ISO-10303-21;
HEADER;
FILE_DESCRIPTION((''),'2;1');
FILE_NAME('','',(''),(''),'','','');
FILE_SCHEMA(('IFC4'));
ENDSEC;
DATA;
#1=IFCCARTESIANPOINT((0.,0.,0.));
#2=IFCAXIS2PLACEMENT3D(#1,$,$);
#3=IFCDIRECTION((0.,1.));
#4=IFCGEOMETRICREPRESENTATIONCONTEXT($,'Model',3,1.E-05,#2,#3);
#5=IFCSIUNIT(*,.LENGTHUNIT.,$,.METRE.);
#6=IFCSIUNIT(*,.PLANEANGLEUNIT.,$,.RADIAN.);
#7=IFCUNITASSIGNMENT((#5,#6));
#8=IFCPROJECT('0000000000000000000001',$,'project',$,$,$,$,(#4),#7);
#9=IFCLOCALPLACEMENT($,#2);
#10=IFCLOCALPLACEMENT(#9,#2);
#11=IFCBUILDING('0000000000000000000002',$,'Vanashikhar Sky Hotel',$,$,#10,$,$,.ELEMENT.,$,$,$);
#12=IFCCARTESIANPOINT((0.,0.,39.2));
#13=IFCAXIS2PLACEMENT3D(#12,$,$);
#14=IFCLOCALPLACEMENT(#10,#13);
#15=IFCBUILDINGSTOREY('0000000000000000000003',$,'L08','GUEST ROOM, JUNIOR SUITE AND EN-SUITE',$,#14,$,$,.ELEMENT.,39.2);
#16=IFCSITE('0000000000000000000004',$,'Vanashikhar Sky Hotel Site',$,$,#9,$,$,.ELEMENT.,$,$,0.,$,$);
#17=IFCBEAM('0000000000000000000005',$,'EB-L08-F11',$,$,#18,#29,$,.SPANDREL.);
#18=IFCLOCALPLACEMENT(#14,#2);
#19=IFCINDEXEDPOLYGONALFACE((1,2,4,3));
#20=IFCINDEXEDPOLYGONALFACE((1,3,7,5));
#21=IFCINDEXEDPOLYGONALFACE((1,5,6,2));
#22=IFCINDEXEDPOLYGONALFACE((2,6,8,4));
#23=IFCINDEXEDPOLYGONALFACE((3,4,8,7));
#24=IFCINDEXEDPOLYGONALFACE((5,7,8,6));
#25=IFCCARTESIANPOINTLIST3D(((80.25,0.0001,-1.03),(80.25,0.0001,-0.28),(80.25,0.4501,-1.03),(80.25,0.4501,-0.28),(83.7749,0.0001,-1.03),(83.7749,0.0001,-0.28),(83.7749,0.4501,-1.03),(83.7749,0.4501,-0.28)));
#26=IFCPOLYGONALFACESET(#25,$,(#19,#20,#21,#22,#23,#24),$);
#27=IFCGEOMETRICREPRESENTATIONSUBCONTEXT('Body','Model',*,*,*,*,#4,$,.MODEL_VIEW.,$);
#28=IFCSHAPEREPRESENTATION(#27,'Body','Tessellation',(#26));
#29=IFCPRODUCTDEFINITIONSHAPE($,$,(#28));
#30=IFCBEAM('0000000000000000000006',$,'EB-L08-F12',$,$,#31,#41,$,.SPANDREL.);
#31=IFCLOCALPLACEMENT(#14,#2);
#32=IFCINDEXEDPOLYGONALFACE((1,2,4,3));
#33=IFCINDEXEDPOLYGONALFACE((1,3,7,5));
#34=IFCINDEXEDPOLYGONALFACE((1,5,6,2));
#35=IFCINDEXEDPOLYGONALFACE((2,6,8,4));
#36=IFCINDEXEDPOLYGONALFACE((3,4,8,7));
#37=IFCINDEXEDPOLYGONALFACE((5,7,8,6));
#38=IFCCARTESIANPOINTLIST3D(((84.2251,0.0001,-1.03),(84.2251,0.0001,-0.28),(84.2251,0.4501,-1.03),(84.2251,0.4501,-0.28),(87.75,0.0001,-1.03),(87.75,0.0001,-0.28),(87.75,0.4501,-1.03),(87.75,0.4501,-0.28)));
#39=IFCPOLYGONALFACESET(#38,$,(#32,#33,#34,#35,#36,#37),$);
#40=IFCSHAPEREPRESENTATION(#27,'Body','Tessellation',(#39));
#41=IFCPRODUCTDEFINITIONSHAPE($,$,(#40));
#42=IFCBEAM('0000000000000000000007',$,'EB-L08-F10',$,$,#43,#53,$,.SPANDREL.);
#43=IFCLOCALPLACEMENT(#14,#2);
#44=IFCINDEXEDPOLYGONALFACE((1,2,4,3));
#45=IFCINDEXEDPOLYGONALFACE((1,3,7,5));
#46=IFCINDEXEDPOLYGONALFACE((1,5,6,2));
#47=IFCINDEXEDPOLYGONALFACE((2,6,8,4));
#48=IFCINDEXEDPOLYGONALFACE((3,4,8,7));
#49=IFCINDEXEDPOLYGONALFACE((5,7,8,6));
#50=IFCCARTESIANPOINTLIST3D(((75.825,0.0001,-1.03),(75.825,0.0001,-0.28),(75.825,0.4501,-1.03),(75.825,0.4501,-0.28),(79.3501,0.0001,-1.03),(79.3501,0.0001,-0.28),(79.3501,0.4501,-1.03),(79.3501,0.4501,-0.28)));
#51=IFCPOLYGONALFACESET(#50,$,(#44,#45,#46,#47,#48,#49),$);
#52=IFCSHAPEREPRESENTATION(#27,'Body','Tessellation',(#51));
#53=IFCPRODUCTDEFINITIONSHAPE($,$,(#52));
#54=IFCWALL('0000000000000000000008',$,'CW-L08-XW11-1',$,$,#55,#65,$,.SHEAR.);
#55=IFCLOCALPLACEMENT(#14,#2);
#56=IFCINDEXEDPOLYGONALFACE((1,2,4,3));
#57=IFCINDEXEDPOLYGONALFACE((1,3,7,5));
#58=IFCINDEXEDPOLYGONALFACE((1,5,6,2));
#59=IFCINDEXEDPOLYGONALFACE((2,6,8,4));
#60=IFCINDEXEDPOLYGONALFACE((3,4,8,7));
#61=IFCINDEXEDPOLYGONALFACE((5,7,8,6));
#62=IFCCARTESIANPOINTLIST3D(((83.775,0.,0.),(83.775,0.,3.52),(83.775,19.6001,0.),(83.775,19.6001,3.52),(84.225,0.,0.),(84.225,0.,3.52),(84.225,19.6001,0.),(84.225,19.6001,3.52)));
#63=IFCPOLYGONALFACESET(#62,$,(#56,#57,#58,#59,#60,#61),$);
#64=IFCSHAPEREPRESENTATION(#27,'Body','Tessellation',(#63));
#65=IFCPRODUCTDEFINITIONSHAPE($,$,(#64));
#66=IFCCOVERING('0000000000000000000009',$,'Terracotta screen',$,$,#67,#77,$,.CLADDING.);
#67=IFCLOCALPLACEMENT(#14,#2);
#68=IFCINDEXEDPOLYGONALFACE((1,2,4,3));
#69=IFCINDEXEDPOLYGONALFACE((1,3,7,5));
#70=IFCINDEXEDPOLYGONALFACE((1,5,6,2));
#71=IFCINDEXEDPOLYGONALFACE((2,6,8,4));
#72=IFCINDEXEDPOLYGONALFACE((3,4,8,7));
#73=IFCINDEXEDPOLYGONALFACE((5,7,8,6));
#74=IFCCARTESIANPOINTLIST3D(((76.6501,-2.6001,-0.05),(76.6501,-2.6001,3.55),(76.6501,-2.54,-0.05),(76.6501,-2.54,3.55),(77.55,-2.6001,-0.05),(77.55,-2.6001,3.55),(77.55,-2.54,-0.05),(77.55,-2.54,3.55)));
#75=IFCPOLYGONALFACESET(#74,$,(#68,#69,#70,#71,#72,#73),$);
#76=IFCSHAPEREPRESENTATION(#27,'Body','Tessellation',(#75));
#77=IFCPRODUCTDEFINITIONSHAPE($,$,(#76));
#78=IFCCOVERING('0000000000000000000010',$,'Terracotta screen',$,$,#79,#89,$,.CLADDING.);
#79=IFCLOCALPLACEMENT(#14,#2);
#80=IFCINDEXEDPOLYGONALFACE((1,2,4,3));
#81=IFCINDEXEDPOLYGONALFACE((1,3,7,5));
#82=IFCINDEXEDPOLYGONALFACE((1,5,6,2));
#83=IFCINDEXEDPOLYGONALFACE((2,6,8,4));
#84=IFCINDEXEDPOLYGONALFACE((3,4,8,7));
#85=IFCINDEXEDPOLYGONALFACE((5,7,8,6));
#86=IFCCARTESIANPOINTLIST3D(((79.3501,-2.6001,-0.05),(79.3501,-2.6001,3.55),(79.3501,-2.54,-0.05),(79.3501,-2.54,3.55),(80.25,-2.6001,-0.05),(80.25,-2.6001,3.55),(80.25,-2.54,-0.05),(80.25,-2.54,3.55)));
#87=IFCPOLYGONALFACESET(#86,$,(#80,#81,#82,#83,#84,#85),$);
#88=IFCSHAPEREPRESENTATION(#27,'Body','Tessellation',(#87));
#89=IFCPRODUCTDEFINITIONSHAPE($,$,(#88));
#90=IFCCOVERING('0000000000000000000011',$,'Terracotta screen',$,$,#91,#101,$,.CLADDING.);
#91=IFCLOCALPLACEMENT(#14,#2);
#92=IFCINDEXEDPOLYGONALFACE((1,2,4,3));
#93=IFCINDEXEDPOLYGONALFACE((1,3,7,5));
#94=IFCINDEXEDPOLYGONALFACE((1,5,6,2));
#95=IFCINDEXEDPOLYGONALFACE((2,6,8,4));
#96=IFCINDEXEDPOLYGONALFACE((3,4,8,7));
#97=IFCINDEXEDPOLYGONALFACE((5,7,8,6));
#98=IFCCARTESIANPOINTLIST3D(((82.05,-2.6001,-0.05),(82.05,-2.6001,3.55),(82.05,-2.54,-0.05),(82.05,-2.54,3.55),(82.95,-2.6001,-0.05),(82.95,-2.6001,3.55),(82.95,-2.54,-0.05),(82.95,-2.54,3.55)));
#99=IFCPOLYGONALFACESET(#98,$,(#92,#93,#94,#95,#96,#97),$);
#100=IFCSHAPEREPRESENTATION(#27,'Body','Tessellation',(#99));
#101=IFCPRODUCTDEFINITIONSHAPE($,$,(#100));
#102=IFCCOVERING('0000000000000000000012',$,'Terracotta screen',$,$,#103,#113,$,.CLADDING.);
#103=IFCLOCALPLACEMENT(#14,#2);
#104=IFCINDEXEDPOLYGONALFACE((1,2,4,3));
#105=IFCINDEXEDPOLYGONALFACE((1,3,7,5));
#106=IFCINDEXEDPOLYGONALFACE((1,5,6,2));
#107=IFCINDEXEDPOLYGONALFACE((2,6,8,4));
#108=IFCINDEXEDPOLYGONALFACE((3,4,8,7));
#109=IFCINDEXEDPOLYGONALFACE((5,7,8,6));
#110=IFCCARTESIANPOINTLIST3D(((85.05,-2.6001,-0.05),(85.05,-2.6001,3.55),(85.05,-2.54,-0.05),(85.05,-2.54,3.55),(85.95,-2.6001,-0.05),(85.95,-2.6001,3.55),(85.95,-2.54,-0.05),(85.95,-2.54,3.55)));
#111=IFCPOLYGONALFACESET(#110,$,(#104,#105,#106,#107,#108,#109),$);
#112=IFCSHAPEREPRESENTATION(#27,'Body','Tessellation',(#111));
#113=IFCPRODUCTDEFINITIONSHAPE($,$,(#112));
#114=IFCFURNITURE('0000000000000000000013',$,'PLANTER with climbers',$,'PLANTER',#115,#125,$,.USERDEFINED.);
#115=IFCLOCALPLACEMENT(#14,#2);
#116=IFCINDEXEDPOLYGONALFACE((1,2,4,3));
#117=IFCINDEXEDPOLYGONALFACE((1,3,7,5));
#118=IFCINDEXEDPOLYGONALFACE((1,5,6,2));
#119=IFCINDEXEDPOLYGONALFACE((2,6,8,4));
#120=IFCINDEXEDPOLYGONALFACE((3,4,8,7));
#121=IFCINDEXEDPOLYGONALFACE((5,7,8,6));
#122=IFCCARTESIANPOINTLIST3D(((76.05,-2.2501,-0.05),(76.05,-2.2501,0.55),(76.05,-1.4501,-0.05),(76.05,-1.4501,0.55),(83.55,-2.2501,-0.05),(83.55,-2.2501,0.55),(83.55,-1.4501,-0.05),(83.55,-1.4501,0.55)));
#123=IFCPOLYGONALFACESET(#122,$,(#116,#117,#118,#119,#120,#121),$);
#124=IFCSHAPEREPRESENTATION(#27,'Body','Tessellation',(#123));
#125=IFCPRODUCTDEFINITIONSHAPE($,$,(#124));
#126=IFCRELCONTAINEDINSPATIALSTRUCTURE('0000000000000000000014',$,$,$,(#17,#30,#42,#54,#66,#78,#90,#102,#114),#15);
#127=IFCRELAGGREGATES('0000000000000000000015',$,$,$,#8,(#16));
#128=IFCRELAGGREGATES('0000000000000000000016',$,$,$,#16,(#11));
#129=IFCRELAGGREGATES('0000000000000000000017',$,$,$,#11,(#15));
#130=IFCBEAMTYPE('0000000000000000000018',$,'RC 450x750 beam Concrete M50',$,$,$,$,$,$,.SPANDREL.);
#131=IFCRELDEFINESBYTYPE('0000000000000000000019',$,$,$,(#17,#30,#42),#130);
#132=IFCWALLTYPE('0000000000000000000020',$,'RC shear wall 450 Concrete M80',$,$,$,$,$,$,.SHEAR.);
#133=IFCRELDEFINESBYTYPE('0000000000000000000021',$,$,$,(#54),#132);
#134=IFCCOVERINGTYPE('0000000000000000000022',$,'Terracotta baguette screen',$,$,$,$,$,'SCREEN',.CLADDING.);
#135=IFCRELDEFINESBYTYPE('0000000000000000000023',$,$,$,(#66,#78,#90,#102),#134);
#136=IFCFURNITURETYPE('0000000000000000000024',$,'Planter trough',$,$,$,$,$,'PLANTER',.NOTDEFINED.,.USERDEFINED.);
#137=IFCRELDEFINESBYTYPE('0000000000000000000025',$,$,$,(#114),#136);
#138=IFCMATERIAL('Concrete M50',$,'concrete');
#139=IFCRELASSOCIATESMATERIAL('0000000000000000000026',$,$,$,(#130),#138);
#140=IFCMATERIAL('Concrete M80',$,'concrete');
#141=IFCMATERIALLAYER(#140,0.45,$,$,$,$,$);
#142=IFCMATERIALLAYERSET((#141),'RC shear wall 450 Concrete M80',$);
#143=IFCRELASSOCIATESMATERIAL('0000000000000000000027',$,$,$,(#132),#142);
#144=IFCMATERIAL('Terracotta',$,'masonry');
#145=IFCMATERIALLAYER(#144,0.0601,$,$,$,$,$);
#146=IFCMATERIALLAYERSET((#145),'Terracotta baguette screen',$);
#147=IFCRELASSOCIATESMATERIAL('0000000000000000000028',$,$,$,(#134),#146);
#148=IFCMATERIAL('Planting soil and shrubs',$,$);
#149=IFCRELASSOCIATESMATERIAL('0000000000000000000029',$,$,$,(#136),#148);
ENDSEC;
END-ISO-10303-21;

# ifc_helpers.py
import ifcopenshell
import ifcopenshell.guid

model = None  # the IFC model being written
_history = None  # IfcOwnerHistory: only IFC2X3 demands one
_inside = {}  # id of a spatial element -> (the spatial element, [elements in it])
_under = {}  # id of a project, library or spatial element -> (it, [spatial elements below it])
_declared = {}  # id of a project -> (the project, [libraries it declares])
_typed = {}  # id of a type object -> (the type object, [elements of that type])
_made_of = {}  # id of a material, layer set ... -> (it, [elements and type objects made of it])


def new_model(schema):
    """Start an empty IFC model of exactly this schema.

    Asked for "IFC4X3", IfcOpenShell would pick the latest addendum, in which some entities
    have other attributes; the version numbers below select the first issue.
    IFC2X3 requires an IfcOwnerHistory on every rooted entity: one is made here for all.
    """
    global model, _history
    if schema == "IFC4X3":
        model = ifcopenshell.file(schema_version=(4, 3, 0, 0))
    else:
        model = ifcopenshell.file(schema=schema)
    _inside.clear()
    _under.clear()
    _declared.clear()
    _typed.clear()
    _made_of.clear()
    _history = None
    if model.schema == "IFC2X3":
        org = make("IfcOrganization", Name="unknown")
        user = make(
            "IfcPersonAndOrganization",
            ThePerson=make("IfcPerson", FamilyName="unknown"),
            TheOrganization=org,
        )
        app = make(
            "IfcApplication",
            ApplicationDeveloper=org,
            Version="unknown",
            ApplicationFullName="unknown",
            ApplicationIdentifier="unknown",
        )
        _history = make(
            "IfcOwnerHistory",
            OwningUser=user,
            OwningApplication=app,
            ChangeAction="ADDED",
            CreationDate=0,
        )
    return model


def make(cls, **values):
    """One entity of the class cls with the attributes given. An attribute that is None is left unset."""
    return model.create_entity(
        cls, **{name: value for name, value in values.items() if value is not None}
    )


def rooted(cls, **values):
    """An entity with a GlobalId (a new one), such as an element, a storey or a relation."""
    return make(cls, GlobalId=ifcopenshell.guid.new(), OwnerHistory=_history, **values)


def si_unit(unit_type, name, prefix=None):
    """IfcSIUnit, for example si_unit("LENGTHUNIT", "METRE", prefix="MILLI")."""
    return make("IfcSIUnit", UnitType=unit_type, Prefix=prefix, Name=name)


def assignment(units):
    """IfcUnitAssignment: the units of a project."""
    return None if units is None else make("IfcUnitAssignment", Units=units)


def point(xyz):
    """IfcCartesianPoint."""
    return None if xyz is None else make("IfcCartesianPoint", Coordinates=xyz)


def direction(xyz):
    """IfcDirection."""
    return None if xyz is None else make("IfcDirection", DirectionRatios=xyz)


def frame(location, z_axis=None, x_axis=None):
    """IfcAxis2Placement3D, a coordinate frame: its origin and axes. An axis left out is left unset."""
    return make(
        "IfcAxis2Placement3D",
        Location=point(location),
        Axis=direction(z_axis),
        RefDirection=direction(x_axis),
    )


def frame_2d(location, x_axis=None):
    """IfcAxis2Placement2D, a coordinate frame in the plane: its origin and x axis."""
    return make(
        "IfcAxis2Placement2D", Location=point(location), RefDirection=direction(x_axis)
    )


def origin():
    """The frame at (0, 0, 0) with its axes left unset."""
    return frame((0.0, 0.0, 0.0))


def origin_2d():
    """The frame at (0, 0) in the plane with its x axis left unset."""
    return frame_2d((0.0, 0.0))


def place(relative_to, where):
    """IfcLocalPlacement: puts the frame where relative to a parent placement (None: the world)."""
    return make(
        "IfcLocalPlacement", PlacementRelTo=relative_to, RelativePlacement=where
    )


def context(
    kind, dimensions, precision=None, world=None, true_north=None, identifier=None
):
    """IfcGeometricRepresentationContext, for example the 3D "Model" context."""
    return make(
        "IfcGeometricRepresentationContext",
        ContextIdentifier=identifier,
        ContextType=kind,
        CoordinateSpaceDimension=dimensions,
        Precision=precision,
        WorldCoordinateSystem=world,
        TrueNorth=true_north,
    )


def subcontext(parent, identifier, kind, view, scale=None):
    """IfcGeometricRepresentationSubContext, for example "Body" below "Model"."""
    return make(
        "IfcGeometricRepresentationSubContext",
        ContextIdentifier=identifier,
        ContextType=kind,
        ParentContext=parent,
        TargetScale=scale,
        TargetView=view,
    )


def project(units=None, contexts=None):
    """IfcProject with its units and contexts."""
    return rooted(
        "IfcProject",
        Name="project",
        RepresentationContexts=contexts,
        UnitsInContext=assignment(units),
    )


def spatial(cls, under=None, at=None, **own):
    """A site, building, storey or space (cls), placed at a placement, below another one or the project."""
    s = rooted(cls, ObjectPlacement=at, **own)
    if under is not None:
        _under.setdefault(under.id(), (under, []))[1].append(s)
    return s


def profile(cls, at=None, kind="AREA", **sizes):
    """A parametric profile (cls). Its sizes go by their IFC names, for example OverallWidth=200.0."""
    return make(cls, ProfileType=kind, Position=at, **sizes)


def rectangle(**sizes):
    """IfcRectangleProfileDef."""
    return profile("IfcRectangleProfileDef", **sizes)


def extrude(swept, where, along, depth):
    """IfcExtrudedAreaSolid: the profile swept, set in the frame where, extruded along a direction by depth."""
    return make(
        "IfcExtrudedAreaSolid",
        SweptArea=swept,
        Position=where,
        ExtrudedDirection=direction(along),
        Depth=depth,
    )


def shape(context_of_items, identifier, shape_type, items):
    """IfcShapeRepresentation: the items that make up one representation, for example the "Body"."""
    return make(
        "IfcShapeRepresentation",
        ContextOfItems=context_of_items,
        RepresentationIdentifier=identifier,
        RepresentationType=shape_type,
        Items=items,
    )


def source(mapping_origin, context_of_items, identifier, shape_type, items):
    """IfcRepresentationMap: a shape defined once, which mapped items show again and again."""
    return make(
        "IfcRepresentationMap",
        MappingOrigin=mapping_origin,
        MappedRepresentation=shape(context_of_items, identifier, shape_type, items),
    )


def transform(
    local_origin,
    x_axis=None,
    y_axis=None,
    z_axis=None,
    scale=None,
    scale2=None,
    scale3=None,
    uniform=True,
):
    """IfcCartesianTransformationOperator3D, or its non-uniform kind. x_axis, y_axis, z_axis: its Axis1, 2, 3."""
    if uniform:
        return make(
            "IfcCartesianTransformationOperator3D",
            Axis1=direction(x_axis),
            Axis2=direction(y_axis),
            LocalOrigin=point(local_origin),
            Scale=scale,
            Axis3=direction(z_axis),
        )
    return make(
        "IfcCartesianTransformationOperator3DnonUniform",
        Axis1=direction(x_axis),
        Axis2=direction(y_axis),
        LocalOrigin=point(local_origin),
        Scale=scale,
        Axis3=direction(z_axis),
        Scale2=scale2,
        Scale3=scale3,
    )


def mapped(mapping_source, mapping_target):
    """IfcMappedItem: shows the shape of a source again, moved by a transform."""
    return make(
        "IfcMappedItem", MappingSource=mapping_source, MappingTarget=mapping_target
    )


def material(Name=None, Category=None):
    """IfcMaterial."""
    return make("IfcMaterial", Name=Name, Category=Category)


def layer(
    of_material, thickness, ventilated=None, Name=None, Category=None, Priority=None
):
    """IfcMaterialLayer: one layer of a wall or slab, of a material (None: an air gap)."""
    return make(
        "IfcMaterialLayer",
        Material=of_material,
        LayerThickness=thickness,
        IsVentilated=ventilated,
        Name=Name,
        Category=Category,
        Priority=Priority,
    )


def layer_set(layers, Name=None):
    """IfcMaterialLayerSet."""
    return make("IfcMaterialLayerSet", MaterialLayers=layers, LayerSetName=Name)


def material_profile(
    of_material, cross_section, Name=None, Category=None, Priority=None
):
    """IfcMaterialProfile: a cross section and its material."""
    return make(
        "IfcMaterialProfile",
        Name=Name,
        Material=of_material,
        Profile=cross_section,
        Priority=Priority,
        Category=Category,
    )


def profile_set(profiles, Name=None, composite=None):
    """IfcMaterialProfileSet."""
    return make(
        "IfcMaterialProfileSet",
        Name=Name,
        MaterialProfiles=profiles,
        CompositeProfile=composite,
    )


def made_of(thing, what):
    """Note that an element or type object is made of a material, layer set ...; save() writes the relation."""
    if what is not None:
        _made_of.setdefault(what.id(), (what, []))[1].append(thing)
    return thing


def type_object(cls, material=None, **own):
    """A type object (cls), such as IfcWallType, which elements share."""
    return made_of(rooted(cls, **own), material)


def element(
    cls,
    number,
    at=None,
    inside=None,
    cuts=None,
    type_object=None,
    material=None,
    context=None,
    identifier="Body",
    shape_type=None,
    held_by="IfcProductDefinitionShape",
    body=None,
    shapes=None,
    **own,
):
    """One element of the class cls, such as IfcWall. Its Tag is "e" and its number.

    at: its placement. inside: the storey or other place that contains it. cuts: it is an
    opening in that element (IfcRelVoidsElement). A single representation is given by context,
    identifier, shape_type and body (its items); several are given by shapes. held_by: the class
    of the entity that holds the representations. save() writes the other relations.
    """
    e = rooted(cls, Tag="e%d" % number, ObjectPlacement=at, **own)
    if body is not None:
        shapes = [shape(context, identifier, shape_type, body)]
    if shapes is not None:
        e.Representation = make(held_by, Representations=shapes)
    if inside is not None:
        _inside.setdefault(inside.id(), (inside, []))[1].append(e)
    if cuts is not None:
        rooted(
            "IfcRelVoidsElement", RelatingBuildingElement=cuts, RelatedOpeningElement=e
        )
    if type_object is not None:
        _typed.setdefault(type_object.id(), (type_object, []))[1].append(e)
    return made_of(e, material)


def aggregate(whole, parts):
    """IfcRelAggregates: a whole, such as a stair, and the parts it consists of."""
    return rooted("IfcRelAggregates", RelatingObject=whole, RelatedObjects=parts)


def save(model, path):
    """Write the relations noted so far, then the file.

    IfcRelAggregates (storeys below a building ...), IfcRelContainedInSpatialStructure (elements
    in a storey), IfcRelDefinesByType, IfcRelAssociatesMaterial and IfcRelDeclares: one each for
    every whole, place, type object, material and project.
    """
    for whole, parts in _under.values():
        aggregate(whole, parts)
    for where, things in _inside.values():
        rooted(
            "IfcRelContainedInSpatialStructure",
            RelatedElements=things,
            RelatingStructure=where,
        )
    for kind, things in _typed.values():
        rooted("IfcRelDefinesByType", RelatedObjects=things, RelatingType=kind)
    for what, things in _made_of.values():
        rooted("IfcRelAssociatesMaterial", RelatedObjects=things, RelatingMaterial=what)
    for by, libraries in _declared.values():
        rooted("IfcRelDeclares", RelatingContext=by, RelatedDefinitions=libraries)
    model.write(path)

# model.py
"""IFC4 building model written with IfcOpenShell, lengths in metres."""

from ifc_helpers import new_model, si_unit, direction, frame, frame_2d, origin, origin_2d, place, context, subcontext, project, spatial, rectangle, extrude, source, transform, mapped, material, layer, layer_set, material_profile, profile_set, type_object, element, save


model = new_model("IFC4")

# Units and contexts
model_context = context("Model", 3, precision=1e-05, world=origin(), true_north=direction((0.0, 1.0)))
body_context = subcontext(model_context, "Body", "Model", "MODEL_VIEW")
ifc_project = project(units=[si_unit("LENGTHUNIT", "METRE"), si_unit("PLANEANGLEUNIT", "RADIAN")], contexts=[model_context])

# Site, building, storey
site_placement = place(None, origin())
site = spatial("IfcSite", under=ifc_project, at=site_placement, Name="Vanashikhar Sky Hotel Site", CompositionType="ELEMENT", RefElevation=0.0)
building_placement = place(site_placement, origin())
building = spatial("IfcBuilding", under=site, at=building_placement, Name="Vanashikhar Sky Hotel", CompositionType="ELEMENT")
storey_placement = place(building_placement, frame((0.0, 0.0, 39.2)))
storey = spatial("IfcBuildingStorey", under=building, at=storey_placement, Name="L08", Description="GUEST ROOM, JUNIOR SUITE AND EN-SUITE", CompositionType="ELEMENT", Elevation=39.2)

# Beams
ifc_material_1 = material(Name="Concrete M50", Category="concrete")
ifc_material_profile = material_profile(ifc_material_1, rectangle(XDim=0.45, YDim=0.75, at=origin_2d()))
ifc_profile_set = profile_set([ifc_material_profile], Name="RC 450x750 beam Concrete M50")
beam_type = type_object("IfcBeamType", Name="RC 450x750 beam Concrete M50", PredefinedType="SPANDREL", material=ifc_profile_set)
shared_shape_1 = source(origin(), body_context, "Body", "SweptSolid", [
    extrude(rectangle(XDim=0.45, YDim=0.75, at=origin_2d()), origin(), (0.0, 0.0, 1.0), 3.5249),
])
for number, where, z_axis, x_axis, name in (
    (1, (80.25, 0.2251, -0.655), (1.0, 0.0, 0.0), (0.0, 1.0, 0.0), "EB-L08-F11"),
    (2, (84.2251, 0.2251, -0.655), (1.0, 0.0, 0.0), (0.0, 1.0, 0.0), "EB-L08-F12"),
):
    element("IfcBeam", number, at=place(storey_placement, frame(where, z_axis=z_axis, x_axis=x_axis)), inside=storey, type_object=beam_type, Name=name, PredefinedType="SPANDREL", context=body_context, shape_type="MappedRepresentation", body=[
        mapped(shared_shape_1, transform((0.0, 0.0, 0.0), scale=1.0)),
    ])
shared_shape_2 = source(origin(), body_context, "Body", "SweptSolid", [
    extrude(rectangle(XDim=0.45, YDim=0.75, at=origin_2d()), origin(), (0.0, 0.0, 1.0), 3.5251),
])
beam_placement = place(storey_placement, frame((75.825, 0.2251, -0.655), z_axis=(1.0, 0.0, 0.0), x_axis=(0.0, 1.0, 0.0)))
element("IfcBeam", 3, at=beam_placement, inside=storey, type_object=beam_type, Name="EB-L08-F10", PredefinedType="SPANDREL", context=body_context, shape_type="MappedRepresentation", body=[
    mapped(shared_shape_2, transform((0.0, 0.0, 0.0), scale=1.0)),
])

# Wall
ifc_material_2 = material(Name="Concrete M80", Category="concrete")
ifc_layer_1 = layer(ifc_material_2, 0.45)
ifc_layer_set_1 = layer_set([ifc_layer_1], Name="RC shear wall 450 Concrete M80")
wall_type_1 = type_object("IfcWallType", Name="RC shear wall 450 Concrete M80", PredefinedType="SHEAR", material=ifc_layer_set_1)
shared_shape_3 = source(origin(), body_context, "Body", "SweptSolid", [
    extrude(rectangle(XDim=19.6001, YDim=0.45, at=frame_2d((9.8, 0.0))), origin(), (0.0, 0.0, 1.0), 3.52),
])
wall_1_placement = place(storey_placement, frame((84.0, 0.0, 0.0), z_axis=(0.0, 0.0, 1.0), x_axis=(0.0, 1.0, 0.0)))
element("IfcWall", 4, at=wall_1_placement, inside=storey, type_object=wall_type_1, Name="CW-L08-XW11-1", PredefinedType="SHEAR", context=body_context, shape_type="MappedRepresentation", body=[
    mapped(shared_shape_3, transform((0.0, 0.0, 0.0), scale=1.0)),
])

# Coverings
ifc_material_3 = material(Name="Terracotta", Category="masonry")
ifc_layer_2 = layer(ifc_material_3, 0.0601)
ifc_layer_set_2 = layer_set([ifc_layer_2], Name="Terracotta baguette screen")
covering_type = type_object("IfcCoveringType", Name="Terracotta baguette screen", ElementType="SCREEN", PredefinedType="CLADDING", material=ifc_layer_set_2)
shared_shape_4 = source(origin(), body_context, "Body", "SweptSolid", [
    extrude(rectangle(XDim=0.8999, YDim=0.0601, at=origin_2d()), origin(), (0.0, 0.0, 1.0), 3.6001),
])
for number, where, z_axis, x_axis, name in (
    (5, (77.1001, -2.5701, -0.05), (0.0, 0.0, 1.0), (1.0, 0.0, 0.0), "Terracotta screen"),
    (6, (79.8, -2.5701, -0.05), (0.0, 0.0, 1.0), (1.0, 0.0, 0.0), "Terracotta screen"),
    (7, (82.5, -2.5701, -0.05), (0.0, 0.0, 1.0), (1.0, 0.0, 0.0), "Terracotta screen"),
    (8, (85.5, -2.5701, -0.05), (0.0, 0.0, 1.0), (1.0, 0.0, 0.0), "Terracotta screen"),
):
    element("IfcCovering", number, at=place(storey_placement, frame(where, z_axis=z_axis, x_axis=x_axis)), inside=storey, type_object=covering_type, Name=name, PredefinedType="CLADDING", context=body_context, shape_type="MappedRepresentation", body=[
        mapped(shared_shape_4, transform((0.0, 0.0, 0.0), scale=1.0)),
    ])

# Furniture
ifc_material_4 = material(Name="Planting soil and shrubs")
furniture_type = type_object("IfcFurnitureType", Name="Planter trough", ElementType="PLANTER", AssemblyPlace="NOTDEFINED", PredefinedType="USERDEFINED", material=ifc_material_4)
shared_shape_5 = source(origin(), body_context, "Body", "SweptSolid", [
    extrude(rectangle(XDim=7.5, YDim=0.8, at=origin_2d()), origin(), (0.0, 0.0, 1.0), 0.6001),
])
furniture_placement = place(storey_placement, frame((79.8, -1.8501, -0.05), z_axis=(0.0, 0.0, 1.0), x_axis=(1.0, 0.0, 0.0)))
element("IfcFurniture", 9, at=furniture_placement, inside=storey, type_object=furniture_type, Name="PLANTER with climbers", ObjectType="PLANTER", PredefinedType="USERDEFINED", context=body_context, shape_type="MappedRepresentation", body=[
    mapped(shared_shape_5, transform((0.0, 0.0, 0.0), scale=1.0)),
])

save(model, "model.ifc")
